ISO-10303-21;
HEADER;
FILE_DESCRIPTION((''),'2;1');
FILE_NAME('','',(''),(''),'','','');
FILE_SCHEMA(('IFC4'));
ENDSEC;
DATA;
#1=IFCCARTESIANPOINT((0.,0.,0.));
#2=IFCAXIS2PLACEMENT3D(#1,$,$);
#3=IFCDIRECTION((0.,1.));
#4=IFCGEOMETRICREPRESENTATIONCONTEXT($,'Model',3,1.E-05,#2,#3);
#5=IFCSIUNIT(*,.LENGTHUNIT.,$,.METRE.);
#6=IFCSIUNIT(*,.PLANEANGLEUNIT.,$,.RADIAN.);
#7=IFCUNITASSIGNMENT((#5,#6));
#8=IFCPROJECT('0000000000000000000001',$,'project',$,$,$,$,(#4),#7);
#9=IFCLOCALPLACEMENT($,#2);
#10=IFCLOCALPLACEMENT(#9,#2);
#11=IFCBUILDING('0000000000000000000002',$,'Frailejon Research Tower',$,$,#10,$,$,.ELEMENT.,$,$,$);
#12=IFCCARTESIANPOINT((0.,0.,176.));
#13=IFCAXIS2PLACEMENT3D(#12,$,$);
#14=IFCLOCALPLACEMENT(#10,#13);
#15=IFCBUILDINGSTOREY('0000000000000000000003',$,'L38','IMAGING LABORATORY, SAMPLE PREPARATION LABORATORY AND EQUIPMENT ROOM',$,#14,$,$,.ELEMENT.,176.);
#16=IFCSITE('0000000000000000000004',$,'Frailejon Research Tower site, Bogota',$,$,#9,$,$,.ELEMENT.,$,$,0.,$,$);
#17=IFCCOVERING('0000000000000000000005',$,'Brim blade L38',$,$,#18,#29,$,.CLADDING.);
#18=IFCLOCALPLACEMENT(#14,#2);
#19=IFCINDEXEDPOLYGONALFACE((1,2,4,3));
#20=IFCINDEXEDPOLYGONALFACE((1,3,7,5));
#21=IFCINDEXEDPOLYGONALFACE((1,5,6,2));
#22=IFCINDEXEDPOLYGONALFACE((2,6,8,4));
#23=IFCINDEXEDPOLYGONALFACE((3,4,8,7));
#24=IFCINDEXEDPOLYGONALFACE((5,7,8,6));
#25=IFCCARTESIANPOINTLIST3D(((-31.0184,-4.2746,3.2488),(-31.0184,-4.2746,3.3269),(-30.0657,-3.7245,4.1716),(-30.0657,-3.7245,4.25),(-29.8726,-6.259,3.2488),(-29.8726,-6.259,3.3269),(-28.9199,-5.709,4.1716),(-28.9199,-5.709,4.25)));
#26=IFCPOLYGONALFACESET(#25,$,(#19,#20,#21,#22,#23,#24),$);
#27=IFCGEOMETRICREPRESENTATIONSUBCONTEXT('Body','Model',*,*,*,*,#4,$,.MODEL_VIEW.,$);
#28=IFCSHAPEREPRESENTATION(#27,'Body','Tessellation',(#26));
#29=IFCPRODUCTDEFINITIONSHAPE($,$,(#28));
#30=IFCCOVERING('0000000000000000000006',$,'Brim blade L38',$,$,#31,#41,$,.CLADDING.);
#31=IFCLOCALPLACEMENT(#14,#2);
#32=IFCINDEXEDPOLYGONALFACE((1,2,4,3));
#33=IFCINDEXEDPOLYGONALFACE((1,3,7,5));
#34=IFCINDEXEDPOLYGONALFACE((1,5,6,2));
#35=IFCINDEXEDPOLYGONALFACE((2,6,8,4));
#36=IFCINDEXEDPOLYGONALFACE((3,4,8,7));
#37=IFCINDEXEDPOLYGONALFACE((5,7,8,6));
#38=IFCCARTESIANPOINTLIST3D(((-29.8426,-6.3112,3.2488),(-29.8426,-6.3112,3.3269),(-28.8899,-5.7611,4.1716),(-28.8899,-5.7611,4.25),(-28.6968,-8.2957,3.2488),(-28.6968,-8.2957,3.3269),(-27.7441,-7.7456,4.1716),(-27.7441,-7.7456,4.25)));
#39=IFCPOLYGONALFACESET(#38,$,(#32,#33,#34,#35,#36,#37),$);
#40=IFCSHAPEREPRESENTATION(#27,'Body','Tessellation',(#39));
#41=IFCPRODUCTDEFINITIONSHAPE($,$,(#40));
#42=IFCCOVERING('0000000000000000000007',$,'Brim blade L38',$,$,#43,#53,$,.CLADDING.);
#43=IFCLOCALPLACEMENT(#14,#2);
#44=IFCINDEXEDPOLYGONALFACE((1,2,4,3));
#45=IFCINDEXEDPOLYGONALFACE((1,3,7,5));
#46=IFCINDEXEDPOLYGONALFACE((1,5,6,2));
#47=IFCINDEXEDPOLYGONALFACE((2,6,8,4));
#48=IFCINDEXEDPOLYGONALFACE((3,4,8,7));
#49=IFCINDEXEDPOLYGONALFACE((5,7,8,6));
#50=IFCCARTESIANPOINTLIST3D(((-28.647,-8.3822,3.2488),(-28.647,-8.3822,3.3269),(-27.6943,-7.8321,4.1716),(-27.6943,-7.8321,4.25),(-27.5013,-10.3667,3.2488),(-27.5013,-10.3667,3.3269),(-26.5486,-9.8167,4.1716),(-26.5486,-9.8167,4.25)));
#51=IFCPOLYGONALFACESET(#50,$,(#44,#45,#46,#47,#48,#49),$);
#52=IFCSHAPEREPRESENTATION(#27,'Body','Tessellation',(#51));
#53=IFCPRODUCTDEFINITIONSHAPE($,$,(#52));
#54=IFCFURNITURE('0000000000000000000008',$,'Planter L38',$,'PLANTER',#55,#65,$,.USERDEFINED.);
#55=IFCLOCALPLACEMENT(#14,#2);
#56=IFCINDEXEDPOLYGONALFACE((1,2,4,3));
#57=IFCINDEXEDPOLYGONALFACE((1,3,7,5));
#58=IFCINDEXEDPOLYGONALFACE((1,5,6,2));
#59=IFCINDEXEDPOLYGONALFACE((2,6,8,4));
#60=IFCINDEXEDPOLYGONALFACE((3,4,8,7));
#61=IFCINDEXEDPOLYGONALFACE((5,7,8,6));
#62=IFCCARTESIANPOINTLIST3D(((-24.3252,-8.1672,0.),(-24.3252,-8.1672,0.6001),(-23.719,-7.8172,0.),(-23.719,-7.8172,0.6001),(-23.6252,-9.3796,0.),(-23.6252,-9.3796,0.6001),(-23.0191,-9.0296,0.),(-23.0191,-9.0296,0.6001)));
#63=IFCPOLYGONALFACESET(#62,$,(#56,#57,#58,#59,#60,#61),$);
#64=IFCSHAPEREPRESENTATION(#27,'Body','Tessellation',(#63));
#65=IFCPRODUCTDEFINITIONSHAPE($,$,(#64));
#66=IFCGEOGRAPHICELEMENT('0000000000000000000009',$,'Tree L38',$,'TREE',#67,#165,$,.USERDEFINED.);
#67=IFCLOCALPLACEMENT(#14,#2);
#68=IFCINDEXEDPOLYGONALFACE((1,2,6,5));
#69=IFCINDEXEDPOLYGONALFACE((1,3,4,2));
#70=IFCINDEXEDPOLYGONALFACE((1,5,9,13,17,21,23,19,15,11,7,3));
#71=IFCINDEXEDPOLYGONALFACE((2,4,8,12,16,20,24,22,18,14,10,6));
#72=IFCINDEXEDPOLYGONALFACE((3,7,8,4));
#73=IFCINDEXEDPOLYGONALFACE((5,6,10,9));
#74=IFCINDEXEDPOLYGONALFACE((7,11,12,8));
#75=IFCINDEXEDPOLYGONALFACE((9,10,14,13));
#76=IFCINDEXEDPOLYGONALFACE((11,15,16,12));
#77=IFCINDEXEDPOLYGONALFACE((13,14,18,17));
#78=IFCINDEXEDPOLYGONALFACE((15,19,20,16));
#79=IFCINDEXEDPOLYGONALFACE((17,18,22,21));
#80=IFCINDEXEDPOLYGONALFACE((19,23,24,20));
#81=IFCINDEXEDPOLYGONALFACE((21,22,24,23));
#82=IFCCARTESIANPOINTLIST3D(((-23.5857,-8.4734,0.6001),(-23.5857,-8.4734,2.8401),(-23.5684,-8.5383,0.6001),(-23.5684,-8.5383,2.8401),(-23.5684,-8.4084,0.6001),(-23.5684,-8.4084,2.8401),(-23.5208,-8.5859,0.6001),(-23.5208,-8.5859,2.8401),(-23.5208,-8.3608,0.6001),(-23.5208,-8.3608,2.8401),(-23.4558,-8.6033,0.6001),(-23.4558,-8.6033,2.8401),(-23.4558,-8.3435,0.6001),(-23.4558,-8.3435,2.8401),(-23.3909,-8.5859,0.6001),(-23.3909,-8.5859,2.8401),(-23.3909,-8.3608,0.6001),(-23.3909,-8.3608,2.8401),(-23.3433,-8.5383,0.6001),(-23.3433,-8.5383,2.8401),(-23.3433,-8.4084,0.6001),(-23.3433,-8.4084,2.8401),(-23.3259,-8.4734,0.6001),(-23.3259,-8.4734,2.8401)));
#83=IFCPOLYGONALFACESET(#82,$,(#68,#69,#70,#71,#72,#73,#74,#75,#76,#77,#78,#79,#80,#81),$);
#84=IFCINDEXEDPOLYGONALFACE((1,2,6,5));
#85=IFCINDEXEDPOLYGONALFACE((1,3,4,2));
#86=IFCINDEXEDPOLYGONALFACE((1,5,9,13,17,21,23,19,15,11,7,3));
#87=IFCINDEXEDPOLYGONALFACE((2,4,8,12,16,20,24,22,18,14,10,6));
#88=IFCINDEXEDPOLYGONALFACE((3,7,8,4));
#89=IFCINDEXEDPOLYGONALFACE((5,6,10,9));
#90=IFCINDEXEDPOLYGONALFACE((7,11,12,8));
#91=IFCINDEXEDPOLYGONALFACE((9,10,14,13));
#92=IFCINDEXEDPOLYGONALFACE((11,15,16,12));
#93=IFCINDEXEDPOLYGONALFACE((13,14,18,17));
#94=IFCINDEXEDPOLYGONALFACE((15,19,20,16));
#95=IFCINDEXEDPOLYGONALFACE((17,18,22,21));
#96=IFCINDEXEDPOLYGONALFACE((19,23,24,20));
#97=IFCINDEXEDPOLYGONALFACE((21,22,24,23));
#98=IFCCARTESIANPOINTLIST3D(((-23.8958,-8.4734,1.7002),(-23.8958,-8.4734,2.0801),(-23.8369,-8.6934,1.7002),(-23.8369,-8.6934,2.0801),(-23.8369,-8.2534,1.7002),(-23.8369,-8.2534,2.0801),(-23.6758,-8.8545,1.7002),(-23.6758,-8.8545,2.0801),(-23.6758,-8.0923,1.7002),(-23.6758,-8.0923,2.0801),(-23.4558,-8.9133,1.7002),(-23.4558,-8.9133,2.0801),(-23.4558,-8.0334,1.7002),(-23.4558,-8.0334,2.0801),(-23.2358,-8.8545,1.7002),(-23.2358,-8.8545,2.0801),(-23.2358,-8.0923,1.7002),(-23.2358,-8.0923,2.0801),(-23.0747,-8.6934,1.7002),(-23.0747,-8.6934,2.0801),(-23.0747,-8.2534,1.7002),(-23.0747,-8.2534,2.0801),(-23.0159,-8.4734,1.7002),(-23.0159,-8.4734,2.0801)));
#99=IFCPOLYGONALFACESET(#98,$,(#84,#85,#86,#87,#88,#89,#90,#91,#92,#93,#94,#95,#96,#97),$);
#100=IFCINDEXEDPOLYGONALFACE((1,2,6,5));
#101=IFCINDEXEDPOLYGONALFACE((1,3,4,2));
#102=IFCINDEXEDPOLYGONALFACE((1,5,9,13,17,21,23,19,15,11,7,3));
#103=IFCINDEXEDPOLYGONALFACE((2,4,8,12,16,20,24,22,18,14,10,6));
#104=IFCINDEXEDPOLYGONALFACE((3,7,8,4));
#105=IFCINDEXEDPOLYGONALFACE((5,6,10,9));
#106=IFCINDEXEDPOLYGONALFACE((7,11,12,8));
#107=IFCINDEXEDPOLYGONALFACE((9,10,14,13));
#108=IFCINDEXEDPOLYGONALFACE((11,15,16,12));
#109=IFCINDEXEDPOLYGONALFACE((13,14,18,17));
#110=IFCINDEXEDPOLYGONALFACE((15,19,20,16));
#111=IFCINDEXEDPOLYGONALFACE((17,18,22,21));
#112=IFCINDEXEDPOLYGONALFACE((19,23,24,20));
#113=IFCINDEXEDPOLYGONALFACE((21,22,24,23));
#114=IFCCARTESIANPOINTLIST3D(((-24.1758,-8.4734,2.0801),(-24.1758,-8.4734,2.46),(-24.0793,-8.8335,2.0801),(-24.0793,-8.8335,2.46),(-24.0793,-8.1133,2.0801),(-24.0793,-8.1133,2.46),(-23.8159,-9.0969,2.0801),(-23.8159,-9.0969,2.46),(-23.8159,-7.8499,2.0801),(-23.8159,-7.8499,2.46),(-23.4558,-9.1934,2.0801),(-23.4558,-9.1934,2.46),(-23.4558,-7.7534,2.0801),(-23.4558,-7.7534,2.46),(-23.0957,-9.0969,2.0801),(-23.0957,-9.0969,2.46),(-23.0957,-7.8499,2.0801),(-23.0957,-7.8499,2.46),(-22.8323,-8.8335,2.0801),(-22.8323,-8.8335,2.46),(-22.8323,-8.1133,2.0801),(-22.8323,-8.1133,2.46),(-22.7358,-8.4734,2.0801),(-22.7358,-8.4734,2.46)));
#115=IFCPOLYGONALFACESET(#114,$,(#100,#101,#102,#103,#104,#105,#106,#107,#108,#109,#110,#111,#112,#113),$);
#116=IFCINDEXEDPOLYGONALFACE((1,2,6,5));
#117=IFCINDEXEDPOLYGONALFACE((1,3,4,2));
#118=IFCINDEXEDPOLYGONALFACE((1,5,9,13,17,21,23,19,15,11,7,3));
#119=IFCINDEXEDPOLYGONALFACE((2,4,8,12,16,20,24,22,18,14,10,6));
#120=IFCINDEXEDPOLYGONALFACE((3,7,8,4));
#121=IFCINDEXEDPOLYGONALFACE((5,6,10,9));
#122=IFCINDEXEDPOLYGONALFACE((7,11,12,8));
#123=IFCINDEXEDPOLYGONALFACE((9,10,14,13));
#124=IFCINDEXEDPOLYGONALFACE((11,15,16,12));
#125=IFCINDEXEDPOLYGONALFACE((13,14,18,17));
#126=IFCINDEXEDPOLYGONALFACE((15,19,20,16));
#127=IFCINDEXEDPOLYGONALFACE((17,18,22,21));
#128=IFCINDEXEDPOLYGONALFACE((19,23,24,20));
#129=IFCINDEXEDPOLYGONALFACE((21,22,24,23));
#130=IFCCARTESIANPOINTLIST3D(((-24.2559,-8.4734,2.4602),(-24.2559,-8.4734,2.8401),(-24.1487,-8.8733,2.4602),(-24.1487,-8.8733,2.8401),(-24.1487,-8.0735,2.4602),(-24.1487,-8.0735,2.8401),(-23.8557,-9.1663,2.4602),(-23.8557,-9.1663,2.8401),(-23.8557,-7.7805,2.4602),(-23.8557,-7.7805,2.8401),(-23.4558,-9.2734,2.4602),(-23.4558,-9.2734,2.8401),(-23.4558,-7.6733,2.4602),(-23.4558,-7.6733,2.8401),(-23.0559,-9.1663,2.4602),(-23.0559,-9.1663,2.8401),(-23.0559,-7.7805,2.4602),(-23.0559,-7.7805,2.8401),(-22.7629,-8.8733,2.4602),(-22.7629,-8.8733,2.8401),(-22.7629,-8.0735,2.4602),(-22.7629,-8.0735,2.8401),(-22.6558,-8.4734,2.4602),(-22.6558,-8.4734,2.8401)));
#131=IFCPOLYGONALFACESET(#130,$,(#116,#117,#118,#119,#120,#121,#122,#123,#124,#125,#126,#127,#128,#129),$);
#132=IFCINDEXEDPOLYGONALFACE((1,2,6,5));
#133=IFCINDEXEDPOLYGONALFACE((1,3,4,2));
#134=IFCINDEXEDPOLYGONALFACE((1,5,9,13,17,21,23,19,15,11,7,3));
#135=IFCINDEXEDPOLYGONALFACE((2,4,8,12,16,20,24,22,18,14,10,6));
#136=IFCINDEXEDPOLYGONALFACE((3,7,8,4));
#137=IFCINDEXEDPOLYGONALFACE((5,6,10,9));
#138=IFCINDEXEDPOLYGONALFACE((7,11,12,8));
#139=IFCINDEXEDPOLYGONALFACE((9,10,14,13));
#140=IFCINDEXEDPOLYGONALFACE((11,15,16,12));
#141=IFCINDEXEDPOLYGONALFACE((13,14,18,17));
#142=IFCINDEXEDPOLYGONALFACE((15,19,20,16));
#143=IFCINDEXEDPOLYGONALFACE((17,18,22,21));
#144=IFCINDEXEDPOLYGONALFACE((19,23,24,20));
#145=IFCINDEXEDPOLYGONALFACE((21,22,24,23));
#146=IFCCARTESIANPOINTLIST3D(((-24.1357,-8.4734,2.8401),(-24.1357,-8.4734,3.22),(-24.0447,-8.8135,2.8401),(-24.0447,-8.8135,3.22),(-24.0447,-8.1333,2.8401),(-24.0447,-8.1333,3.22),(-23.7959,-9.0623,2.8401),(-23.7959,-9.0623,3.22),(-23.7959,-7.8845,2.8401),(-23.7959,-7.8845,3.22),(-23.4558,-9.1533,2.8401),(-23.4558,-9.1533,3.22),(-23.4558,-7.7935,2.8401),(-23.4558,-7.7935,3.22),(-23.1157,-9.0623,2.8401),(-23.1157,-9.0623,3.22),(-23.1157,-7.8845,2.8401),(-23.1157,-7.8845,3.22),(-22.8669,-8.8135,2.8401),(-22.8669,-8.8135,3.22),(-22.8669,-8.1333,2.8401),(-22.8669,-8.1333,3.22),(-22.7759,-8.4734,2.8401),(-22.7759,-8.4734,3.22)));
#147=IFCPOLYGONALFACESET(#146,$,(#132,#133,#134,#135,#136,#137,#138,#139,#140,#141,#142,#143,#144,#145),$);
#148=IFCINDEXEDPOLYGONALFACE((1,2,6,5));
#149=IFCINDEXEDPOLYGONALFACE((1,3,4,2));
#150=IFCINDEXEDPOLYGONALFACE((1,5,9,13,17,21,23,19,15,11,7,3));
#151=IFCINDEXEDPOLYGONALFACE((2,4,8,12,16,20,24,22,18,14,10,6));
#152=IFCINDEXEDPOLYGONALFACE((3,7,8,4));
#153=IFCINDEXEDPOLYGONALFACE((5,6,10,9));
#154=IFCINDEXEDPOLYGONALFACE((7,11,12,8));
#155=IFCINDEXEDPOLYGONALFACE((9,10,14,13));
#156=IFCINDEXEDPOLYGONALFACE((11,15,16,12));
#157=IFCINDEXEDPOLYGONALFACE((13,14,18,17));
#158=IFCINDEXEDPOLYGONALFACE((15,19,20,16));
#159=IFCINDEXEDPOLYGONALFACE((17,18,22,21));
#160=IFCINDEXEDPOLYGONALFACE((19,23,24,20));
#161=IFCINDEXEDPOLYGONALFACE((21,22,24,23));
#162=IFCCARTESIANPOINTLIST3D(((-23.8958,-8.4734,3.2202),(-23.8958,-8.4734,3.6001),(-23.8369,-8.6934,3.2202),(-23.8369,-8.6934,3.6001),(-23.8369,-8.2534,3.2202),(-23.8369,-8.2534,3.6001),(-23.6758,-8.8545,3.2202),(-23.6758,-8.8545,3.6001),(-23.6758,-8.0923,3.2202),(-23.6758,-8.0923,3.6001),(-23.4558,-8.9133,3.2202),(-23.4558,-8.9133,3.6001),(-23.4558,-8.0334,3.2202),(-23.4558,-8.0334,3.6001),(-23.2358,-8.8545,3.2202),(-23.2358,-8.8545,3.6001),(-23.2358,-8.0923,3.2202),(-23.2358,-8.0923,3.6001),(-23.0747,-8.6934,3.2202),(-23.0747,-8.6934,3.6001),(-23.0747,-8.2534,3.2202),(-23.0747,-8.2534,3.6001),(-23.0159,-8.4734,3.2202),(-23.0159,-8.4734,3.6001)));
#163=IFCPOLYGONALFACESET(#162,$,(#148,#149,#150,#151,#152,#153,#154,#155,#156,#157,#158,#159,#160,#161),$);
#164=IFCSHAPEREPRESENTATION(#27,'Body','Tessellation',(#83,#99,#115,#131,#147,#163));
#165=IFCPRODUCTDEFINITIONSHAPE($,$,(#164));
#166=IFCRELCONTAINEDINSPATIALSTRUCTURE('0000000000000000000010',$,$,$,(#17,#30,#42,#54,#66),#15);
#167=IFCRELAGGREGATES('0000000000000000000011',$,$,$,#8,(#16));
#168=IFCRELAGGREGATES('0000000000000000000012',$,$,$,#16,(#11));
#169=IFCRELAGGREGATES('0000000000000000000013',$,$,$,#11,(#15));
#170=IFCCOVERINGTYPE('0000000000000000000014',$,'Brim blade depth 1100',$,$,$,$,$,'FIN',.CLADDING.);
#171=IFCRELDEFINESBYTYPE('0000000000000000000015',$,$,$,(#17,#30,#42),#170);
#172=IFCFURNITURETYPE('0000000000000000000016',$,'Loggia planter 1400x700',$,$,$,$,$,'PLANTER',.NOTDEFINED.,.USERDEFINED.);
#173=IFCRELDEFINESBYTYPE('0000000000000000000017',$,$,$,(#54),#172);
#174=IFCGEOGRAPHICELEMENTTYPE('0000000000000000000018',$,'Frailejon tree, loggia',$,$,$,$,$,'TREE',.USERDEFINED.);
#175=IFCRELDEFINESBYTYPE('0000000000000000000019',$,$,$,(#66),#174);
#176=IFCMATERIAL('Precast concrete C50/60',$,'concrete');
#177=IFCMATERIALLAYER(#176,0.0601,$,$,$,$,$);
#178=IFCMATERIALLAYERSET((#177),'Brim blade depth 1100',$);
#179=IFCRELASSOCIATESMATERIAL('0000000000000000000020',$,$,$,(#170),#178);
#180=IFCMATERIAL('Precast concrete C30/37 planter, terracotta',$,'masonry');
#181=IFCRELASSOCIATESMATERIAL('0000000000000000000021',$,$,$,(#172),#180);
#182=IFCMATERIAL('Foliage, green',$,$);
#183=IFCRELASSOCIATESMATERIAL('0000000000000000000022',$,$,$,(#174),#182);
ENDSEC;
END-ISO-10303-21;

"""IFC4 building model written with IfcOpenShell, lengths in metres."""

from ifc_helpers import new_model, si_unit, direction, frame, origin, origin_2d, place, context, subcontext, project, spatial, polyline, rectangle, outline, extrude, material, layer, layer_set, type_object, element, save


model = new_model("IFC4")

# Units and contexts
model_context = context("Model", 3, precision=1e-05, world=origin(), true_north=direction((0.0, 1.0)))
body_context = subcontext(model_context, "Body", "Model", "MODEL_VIEW")
ifc_project = project(units=[si_unit("LENGTHUNIT", "METRE"), si_unit("PLANEANGLEUNIT", "RADIAN")], contexts=[model_context])

# Site, building, storey
site_placement = place(None, origin())
site = spatial("IfcSite", under=ifc_project, at=site_placement, Name="Frailejon Research Tower site, Bogota", CompositionType="ELEMENT", RefElevation=0.0)
building_placement = place(site_placement, origin())
building = spatial("IfcBuilding", under=site, at=building_placement, Name="Frailejon Research Tower", CompositionType="ELEMENT")
storey_placement = place(building_placement, frame((0.0, 0.0, 176.0)))
storey = spatial("IfcBuildingStorey", under=building, at=storey_placement, Name="L38", Description="IMAGING LABORATORY, SAMPLE PREPARATION LABORATORY AND EQUIPMENT ROOM", CompositionType="ELEMENT", Elevation=176.0)

# Coverings
ifc_material_1 = material(Name="Precast concrete C50/60", Category="concrete")
ifc_layer_1 = layer(ifc_material_1, 0.0601)
ifc_layer_set_1 = layer_set([ifc_layer_1], Name="Brim blade depth 1100")
covering_type = type_object("IfcCoveringType", Name="Brim blade depth 1100", ElementType="FIN", PredefinedType="CLADDING", material=ifc_layer_set_1)
for number, where, z_axis, x_axis, name in (
    (1, (-28.9199, -5.709, 4.25), (-0.500014, 0.866017, 0.0), (-0.866017, -0.500014, 0.0), "Brim blade L38"),
    (2, (-27.7441, -7.7456, 4.25), (-0.500014, 0.866017, 0.0), (-0.866017, -0.500014, 0.0), "Brim blade L38"),
    (3, (-26.5486, -9.8167, 4.25), (-0.49999, 0.866031, 0.0), (-0.866031, -0.49999, 0.0), "Brim blade L38"),
):
    element("IfcCovering", number, at=place(storey_placement, frame(where, z_axis=z_axis, x_axis=x_axis)), inside=storey, type_object=covering_type, Name=name, PredefinedType="CLADDING", context=body_context, shape_type="SweptSolid", body=[
        extrude(outline(polyline([(0.0, -0.0784), (1.1001, -1.0012), (1.1001, -0.9231), (0.0, 0.0), (0.0, -0.0784)])), origin(), (0.0, 0.0, 1.0), 2.2915),
    ])

# Furniture
ifc_material_2 = material(Name="Precast concrete C30/37 planter, terracotta", Category="masonry")
furniture_type = type_object("IfcFurnitureType", Name="Loggia planter 1400x700", ElementType="PLANTER", AssemblyPlace="NOTDEFINED", PredefinedType="USERDEFINED", material=ifc_material_2)
furniture_placement = place(storey_placement, frame((-23.6721, -8.5984, 0.0), z_axis=(0.0, 0.0, 1.0), x_axis=(0.5, -0.866025, 0.0)))
element("IfcFurniture", 4, at=furniture_placement, inside=storey, type_object=furniture_type, Name="Planter L38", ObjectType="PLANTER", PredefinedType="USERDEFINED", context=body_context, shape_type="SweptSolid", body=[
    extrude(rectangle(XDim=1.3999, YDim=0.7, at=origin_2d()), origin(), (0.0, 0.0, 1.0), 0.6001),
])

# Geographic element
ifc_material_3 = material(Name="Foliage, green")
geographic_element_type = type_object("IfcGeographicElementType", Name="Frailejon tree, loggia", ElementType="TREE", PredefinedType="USERDEFINED", material=ifc_material_3)
geographic_element_placement = place(storey_placement, frame((-23.4558, -8.4734, 0.6001)))
element("IfcGeographicElement", 5, at=geographic_element_placement, inside=storey, type_object=geographic_element_type, Name="Tree L38", ObjectType="TREE", PredefinedType="USERDEFINED", context=body_context, shape_type="SweptSolid", body=[
    extrude(outline(polyline([(0.1299, 0.0), (0.1125, 0.0649), (0.0649, 0.1125), (0.0, 0.1299), (-0.0649, 0.1125), (-0.1125, 0.0649), (-0.1299, 0.0), (-0.1125, -0.0649), (-0.0649, -0.1125), (0.0, -0.1299), (0.0649, -0.1125), (0.1125, -0.0649), (0.1299, 0.0)])), origin(), (0.0, 0.0, 1.0), 2.24),
    extrude(outline(polyline([(0.4399, 0.0), (0.3811, 0.22), (0.22, 0.3811), (0.0, 0.4399), (-0.22, 0.3811), (-0.3811, 0.22), (-0.4399, 0.0), (-0.3811, -0.22), (-0.22, -0.3811), (0.0, -0.4399), (0.22, -0.3811), (0.3811, -0.22), (0.4399, 0.0)])), frame((0.0, 0.0, 1.1001)), (0.0, 0.0, 1.0), 0.3799),
    extrude(outline(polyline([(0.72, 0.0), (0.6235, 0.3601), (0.3601, 0.6235), (0.0, 0.72), (-0.3601, 0.6235), (-0.6235, 0.3601), (-0.72, 0.0), (-0.6235, -0.3601), (-0.3601, -0.6235), (0.0, -0.72), (0.3601, -0.6235), (0.6235, -0.3601), (0.72, 0.0)])), frame((0.0, 0.0, 1.48)), (0.0, 0.0, 1.0), 0.3799),
    extrude(outline(polyline([(0.8, 0.0), (0.6929, 0.3999), (0.3999, 0.6929), (0.0, 0.8), (-0.3999, 0.6929), (-0.6929, 0.3999), (-0.8, 0.0), (-0.6929, -0.3999), (-0.3999, -0.6929), (0.0, -0.8), (0.3999, -0.6929), (0.6929, -0.3999), (0.8, 0.0)])), frame((0.0, 0.0, 1.8601)), (0.0, 0.0, 1.0), 0.3799),
    extrude(outline(polyline([(0.6799, 0.0), (0.5889, 0.3401), (0.3401, 0.5889), (0.0, 0.6799), (-0.3401, 0.5889), (-0.5889, 0.3401), (-0.6799, 0.0), (-0.5889, -0.3401), (-0.3401, -0.5889), (0.0, -0.6799), (0.3401, -0.5889), (0.5889, -0.3401), (0.6799, 0.0)])), frame((0.0, 0.0, 2.24)), (0.0, 0.0, 1.0), 0.3799),
    extrude(outline(polyline([(0.4399, 0.0), (0.3811, 0.22), (0.22, 0.3811), (0.0, 0.4399), (-0.22, 0.3811), (-0.3811, 0.22), (-0.4399, 0.0), (-0.3811, -0.22), (-0.22, -0.3811), (0.0, -0.4399), (0.22, -0.3811), (0.3811, -0.22), (0.4399, 0.0)])), frame((0.0, 0.0, 2.6201)), (0.0, 0.0, 1.0), 0.3799),
])

save(model, "model.ifc")
